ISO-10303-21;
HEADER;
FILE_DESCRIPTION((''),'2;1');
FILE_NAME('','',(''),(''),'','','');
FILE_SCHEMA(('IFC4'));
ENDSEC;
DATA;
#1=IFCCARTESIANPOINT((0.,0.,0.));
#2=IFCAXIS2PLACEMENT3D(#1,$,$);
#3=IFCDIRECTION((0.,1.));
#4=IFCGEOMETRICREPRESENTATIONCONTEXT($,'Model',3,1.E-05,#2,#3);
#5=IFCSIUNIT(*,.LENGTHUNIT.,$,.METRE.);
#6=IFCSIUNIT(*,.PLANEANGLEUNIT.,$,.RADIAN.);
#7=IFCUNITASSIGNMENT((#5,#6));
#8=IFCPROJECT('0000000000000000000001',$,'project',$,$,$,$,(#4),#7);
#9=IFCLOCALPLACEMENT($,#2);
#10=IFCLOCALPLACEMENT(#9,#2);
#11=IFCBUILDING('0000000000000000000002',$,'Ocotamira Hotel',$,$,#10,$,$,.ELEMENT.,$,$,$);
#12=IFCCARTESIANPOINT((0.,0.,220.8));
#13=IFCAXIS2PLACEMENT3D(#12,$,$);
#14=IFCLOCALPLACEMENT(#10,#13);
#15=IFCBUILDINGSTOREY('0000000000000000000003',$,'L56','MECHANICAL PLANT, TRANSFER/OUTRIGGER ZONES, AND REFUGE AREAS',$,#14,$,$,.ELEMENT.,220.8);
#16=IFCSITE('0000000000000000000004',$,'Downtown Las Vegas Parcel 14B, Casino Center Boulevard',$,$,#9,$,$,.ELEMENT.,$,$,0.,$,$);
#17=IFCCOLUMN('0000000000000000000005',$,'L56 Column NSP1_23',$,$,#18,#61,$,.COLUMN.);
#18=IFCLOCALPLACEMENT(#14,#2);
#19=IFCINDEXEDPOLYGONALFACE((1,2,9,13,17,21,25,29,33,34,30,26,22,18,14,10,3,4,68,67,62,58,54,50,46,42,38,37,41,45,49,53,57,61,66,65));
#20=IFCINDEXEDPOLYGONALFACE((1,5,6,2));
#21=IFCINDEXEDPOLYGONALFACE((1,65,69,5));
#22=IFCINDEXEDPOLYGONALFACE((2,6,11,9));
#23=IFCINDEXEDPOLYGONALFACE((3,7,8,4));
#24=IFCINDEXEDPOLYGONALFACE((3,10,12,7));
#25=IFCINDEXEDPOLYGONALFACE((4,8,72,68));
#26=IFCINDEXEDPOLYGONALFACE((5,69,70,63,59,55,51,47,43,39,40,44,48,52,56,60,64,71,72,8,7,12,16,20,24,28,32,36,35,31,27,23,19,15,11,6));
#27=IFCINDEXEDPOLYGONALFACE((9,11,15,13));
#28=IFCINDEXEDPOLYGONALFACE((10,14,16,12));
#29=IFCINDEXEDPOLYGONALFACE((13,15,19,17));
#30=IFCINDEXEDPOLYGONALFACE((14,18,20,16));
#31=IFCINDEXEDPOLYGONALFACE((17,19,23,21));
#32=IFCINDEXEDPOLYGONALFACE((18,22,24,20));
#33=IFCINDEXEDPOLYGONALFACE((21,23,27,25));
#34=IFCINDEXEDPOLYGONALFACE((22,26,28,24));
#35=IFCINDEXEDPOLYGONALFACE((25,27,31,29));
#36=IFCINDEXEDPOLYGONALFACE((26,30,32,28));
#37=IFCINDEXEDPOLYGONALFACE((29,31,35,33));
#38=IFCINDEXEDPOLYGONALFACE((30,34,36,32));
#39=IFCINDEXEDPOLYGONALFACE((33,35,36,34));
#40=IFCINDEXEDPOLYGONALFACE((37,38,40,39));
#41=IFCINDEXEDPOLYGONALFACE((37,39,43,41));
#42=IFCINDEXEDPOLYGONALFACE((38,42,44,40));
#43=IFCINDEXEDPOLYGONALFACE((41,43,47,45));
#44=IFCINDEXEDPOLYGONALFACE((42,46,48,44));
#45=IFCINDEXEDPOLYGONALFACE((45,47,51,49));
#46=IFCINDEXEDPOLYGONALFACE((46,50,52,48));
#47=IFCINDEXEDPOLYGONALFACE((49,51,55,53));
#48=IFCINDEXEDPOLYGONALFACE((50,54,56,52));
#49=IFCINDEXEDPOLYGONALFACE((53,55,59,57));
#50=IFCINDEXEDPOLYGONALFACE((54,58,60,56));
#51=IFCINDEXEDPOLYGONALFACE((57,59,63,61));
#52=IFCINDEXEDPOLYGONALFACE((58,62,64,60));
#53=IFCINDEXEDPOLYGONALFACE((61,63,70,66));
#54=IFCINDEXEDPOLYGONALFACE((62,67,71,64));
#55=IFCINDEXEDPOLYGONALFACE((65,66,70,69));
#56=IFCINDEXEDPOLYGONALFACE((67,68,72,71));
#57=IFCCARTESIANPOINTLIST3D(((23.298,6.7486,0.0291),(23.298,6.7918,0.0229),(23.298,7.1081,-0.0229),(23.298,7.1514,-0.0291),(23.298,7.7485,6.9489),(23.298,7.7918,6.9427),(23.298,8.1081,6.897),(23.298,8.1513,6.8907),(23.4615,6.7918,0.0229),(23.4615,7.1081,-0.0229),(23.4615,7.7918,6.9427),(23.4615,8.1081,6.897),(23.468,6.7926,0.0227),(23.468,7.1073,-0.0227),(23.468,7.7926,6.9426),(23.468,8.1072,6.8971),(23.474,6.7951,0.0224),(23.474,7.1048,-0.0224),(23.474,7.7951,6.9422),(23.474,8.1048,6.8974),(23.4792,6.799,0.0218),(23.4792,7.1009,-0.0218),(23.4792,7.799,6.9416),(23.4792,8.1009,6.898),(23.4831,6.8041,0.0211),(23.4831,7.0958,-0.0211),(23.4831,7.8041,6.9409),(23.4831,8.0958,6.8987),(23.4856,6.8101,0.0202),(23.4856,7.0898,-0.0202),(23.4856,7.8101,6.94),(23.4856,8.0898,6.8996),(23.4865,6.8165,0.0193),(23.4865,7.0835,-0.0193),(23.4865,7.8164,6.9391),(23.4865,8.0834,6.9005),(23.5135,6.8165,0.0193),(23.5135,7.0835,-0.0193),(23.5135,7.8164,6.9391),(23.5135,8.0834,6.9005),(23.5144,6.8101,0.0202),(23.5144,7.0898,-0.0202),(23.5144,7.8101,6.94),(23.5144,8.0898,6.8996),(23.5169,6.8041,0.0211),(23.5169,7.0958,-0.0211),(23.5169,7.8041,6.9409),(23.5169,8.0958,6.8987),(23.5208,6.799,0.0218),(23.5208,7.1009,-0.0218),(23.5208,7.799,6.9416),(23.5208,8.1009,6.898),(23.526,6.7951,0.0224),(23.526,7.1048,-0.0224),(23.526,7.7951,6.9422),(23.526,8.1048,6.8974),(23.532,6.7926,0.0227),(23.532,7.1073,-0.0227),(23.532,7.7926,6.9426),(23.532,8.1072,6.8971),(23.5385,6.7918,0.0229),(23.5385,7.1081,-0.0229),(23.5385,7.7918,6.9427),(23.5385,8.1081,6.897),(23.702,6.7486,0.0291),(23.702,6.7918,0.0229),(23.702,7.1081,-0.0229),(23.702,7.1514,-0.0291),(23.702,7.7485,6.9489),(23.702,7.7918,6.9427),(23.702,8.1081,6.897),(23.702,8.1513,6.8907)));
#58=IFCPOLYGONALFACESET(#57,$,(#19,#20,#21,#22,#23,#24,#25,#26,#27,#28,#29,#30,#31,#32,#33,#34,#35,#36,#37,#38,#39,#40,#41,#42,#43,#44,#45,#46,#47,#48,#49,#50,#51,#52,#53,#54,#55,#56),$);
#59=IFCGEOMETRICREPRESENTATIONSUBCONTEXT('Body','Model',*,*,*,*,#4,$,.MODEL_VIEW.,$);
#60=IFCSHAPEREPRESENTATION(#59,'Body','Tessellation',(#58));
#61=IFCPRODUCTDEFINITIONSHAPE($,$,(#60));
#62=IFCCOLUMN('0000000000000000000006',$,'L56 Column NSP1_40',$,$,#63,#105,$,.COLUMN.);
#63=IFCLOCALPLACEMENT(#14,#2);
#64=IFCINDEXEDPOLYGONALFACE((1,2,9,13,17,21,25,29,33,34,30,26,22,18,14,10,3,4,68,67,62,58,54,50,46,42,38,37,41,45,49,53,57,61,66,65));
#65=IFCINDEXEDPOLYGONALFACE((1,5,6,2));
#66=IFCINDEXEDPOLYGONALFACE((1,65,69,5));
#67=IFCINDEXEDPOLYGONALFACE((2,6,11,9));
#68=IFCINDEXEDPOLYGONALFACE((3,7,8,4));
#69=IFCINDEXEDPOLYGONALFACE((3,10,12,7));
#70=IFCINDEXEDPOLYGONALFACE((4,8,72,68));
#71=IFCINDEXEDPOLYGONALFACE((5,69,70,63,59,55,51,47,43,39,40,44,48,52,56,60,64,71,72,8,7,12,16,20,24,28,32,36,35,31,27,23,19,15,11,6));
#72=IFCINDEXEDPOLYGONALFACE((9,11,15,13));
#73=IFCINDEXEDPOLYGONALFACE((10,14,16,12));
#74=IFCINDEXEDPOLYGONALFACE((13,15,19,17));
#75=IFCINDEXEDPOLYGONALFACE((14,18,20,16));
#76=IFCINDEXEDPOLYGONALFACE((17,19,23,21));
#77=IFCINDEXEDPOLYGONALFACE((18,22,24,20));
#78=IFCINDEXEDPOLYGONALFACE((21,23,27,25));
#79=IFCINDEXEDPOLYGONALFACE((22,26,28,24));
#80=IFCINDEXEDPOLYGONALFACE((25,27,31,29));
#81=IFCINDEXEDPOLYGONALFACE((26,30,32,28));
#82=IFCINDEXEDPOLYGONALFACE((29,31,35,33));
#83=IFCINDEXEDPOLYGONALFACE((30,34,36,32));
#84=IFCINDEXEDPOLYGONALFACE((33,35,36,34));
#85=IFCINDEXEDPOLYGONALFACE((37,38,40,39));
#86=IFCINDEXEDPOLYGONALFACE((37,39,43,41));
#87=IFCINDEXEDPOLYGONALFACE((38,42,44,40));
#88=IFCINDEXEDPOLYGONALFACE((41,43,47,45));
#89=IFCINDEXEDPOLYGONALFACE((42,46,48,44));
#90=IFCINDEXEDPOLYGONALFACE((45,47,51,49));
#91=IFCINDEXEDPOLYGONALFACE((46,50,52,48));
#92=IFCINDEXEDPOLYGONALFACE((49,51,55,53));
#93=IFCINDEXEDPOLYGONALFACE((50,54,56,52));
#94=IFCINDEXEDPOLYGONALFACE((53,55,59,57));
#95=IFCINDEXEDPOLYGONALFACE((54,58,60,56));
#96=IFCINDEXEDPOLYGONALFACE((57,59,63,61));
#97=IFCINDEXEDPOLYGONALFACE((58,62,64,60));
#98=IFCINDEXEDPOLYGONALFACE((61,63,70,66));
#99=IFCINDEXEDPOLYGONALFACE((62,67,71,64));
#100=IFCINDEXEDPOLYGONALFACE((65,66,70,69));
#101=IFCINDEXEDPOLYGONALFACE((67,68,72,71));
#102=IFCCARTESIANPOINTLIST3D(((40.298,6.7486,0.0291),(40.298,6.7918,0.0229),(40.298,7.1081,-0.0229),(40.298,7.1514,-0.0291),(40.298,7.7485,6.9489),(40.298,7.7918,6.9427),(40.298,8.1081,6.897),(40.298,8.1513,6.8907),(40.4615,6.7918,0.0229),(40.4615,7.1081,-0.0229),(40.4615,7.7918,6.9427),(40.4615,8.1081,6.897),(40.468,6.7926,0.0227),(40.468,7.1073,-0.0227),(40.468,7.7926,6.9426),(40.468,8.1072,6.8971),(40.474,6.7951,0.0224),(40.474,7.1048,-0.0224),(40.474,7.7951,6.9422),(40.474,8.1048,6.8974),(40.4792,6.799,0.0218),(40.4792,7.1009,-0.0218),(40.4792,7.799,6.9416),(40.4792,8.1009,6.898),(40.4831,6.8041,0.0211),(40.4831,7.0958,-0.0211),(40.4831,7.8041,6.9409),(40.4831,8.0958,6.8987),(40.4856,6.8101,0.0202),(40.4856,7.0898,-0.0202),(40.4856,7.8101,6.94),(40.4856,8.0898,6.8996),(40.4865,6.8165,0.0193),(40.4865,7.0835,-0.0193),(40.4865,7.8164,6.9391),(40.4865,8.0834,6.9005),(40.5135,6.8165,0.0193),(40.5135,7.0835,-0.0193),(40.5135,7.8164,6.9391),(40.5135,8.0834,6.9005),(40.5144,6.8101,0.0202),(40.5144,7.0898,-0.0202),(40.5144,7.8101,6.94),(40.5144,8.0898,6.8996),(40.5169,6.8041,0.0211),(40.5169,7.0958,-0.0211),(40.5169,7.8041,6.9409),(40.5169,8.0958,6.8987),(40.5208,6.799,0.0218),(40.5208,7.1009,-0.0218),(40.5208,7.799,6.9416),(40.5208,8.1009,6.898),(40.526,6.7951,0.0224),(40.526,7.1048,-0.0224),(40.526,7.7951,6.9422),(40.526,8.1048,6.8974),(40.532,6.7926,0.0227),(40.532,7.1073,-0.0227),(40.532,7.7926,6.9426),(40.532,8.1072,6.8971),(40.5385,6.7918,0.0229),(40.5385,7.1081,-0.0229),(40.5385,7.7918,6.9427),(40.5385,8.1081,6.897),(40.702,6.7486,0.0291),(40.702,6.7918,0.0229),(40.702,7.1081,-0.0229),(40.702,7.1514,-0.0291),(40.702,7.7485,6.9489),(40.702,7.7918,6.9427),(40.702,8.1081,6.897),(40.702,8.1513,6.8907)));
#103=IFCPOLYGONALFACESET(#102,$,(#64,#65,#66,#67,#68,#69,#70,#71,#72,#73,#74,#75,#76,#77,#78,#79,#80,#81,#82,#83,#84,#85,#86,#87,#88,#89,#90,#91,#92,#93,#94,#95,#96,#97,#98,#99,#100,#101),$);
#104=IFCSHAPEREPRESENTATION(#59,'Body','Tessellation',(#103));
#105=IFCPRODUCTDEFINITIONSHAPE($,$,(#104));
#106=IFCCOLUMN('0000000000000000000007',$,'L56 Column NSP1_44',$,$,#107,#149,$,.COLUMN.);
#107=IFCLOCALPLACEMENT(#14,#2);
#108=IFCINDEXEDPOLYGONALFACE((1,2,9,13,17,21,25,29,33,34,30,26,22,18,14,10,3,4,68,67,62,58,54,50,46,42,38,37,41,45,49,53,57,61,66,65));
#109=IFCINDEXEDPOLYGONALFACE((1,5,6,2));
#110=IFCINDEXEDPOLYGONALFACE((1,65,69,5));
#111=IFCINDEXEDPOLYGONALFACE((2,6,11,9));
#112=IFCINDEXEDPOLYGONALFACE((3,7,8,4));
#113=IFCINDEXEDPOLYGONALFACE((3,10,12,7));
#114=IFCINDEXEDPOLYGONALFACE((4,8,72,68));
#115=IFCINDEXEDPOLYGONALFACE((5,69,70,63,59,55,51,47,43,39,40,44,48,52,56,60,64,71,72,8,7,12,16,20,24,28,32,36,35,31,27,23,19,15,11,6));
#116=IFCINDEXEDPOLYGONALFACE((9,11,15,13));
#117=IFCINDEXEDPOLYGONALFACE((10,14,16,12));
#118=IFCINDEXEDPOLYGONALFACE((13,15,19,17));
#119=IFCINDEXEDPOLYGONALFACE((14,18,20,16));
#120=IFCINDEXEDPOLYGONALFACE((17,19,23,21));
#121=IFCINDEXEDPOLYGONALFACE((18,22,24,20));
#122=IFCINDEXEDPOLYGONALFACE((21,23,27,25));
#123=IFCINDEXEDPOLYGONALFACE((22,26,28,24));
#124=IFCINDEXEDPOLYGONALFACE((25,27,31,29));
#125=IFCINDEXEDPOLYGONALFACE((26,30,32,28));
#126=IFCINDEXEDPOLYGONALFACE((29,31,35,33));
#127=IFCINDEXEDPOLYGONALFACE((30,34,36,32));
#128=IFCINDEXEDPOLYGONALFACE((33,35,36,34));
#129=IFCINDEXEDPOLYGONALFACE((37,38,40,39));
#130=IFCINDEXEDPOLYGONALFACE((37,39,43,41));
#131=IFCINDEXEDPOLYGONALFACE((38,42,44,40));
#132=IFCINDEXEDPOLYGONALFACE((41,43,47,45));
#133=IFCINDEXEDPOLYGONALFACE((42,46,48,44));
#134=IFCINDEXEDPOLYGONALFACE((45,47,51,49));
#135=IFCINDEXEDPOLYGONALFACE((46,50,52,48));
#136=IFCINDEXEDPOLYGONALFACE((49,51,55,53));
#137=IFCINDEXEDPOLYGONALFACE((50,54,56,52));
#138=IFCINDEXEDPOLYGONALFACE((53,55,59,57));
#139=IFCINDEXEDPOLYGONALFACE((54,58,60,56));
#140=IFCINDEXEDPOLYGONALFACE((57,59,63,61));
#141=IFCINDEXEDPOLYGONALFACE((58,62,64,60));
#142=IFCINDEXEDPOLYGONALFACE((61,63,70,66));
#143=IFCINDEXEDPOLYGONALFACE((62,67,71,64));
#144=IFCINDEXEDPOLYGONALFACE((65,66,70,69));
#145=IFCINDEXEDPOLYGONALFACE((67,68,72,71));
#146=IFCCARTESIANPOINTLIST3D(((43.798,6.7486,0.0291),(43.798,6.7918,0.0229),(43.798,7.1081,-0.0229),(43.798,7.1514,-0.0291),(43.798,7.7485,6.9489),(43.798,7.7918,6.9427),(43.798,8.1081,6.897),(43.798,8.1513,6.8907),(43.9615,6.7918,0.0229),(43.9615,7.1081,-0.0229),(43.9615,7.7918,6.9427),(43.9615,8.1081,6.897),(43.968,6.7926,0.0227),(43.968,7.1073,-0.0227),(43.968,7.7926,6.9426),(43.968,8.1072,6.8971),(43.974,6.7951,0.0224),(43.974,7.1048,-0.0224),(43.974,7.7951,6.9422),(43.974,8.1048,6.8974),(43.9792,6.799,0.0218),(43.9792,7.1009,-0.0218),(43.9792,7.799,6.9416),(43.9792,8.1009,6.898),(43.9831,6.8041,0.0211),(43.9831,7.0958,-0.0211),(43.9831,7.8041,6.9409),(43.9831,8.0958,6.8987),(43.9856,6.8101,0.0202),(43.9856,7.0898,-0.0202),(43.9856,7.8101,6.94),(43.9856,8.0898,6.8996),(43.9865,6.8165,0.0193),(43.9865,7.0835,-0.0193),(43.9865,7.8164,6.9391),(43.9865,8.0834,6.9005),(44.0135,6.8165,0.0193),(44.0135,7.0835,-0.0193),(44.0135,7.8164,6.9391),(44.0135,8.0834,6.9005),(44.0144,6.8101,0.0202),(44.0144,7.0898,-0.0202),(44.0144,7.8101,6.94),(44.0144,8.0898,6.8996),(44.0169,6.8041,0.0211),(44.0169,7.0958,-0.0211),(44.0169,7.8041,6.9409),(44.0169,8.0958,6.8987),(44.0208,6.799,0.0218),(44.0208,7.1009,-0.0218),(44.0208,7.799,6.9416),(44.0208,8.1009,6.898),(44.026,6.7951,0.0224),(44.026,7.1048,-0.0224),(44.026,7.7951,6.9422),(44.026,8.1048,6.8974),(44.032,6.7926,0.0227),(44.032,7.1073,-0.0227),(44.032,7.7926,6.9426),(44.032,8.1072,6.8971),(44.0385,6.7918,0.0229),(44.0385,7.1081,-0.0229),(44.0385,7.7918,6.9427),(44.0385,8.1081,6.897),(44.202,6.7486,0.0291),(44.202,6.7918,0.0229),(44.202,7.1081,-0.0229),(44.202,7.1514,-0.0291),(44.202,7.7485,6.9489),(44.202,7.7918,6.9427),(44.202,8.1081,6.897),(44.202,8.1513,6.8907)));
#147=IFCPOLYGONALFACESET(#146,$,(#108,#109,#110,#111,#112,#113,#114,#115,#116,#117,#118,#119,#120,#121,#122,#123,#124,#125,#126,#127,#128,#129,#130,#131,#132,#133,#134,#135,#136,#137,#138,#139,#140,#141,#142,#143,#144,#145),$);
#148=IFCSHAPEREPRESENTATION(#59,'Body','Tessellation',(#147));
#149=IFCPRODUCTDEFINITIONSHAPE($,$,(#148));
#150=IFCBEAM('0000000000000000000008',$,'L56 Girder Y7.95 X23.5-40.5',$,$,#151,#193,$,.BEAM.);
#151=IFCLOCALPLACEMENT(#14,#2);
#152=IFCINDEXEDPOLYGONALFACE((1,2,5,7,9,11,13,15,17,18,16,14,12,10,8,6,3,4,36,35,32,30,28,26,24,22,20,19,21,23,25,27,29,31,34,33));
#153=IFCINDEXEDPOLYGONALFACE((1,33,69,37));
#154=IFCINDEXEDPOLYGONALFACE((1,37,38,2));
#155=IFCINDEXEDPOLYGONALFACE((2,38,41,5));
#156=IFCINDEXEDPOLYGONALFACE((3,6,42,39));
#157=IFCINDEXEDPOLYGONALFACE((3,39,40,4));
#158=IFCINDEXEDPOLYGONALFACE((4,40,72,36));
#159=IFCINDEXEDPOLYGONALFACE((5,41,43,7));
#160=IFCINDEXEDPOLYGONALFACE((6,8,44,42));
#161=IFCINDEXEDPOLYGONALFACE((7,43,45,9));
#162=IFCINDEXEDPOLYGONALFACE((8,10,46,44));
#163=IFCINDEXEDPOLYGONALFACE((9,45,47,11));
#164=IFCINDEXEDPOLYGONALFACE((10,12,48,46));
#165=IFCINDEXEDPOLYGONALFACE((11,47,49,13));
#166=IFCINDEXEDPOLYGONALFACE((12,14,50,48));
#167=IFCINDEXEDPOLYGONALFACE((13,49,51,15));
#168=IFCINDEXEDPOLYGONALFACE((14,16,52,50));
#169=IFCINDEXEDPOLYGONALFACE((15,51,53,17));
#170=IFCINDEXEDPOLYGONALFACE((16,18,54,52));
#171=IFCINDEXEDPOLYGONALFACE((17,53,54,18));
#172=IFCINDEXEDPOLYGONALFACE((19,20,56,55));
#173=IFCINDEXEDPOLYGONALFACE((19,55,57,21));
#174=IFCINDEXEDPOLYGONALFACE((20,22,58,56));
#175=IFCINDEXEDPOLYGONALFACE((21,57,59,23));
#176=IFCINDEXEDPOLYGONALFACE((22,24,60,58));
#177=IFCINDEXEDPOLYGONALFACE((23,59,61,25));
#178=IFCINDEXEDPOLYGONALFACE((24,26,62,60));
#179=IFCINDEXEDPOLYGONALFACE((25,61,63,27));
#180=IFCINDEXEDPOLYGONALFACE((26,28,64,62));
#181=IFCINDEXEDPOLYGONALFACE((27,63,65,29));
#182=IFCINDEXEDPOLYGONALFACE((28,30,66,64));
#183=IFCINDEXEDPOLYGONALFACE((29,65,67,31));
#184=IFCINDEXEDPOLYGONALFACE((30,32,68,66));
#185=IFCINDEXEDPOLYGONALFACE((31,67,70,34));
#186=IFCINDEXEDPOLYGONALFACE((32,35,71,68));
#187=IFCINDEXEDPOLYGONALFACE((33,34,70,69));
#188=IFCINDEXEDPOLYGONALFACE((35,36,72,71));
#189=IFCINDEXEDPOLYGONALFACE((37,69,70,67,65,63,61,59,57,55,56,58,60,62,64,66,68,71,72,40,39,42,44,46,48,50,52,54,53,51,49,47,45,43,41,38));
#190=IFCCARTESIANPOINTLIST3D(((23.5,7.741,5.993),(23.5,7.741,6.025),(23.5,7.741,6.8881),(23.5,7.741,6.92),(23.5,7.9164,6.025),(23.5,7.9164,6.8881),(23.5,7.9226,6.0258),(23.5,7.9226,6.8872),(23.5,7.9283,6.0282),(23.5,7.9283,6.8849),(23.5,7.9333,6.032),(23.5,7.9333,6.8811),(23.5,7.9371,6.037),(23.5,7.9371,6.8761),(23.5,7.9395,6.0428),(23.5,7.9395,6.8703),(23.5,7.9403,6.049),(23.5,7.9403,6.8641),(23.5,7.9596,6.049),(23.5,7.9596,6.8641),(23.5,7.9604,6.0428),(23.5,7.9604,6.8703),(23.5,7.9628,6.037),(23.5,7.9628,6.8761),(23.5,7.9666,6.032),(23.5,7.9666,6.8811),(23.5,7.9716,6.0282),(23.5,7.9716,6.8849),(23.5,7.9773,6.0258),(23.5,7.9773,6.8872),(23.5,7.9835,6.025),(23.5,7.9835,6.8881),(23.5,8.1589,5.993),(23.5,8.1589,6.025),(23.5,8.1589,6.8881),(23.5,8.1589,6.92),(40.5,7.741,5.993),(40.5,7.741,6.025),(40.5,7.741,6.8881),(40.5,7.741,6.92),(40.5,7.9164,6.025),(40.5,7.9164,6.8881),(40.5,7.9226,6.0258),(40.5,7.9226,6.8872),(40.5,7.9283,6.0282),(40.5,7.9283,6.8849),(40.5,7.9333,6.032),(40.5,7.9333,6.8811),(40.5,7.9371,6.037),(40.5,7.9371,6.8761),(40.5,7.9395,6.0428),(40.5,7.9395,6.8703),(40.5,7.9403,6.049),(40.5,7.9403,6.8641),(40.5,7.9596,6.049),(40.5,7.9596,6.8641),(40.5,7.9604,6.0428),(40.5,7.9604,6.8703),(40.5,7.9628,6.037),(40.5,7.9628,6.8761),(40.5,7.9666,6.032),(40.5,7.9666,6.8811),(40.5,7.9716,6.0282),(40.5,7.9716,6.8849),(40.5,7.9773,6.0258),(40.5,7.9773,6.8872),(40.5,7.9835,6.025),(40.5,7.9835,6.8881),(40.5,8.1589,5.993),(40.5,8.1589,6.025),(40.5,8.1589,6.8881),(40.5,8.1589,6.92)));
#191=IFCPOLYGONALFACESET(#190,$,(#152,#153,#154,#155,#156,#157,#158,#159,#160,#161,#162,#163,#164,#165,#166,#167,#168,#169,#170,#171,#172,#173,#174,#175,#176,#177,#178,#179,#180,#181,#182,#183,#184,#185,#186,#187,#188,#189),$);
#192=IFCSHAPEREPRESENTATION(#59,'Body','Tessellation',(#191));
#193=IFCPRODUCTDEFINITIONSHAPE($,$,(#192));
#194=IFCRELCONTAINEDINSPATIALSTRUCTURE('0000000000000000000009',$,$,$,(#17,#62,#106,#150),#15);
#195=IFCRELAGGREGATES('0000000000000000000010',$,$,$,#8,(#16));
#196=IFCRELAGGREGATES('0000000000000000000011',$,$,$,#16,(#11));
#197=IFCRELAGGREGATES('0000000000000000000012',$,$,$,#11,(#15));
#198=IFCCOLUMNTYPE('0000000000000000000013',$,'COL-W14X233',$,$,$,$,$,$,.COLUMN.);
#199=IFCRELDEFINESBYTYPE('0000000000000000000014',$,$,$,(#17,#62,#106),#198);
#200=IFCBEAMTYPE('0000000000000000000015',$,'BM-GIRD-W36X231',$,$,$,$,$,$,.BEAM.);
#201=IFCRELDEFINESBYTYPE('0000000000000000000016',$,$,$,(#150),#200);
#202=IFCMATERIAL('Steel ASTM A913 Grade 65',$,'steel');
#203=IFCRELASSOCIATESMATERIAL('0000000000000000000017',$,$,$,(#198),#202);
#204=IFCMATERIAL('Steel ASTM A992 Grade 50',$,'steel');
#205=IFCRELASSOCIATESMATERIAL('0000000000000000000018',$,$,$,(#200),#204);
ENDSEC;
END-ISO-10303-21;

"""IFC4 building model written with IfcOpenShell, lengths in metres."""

from ifc_helpers import new_model, si_unit, direction, frame, origin, origin_2d, place, context, subcontext, project, spatial, i_section, extrude, source, transform, mapped, material, material_profile, profile_set, type_object, element, save


model = new_model("IFC4")

# Units and contexts
model_context = context("Model", 3, precision=1e-05, world=origin(), true_north=direction((0.0, 1.0)))
body_context = subcontext(model_context, "Body", "Model", "MODEL_VIEW")
ifc_project = project(units=[si_unit("LENGTHUNIT", "METRE"), si_unit("PLANEANGLEUNIT", "RADIAN")], contexts=[model_context])

# Site, building, storey
site_placement = place(None, origin())
site = spatial("IfcSite", under=ifc_project, at=site_placement, Name="Downtown Las Vegas Parcel 14B, Casino Center Boulevard", CompositionType="ELEMENT", RefElevation=0.0)
building_placement = place(site_placement, origin())
building = spatial("IfcBuilding", under=site, at=building_placement, Name="Ocotamira Hotel", CompositionType="ELEMENT")
storey_placement = place(building_placement, frame((0.0, 0.0, 220.8)))
storey = spatial("IfcBuildingStorey", under=building, at=storey_placement, Name="L56", Description="MECHANICAL PLANT, TRANSFER/OUTRIGGER ZONES, AND REFUGE AREAS", CompositionType="ELEMENT", Elevation=220.8)

# Columns
ifc_material_1 = material(Name="Steel ASTM A913 Grade 65", Category="steel")
ifc_material_profile_1 = material_profile(ifc_material_1, i_section(OverallWidth=0.4041, OverallDepth=0.407, WebThickness=0.0271, FlangeThickness=0.0437, FilletRadius=0.0249, at=origin_2d()), Name="W14X233")
ifc_profile_set_1 = profile_set([ifc_material_profile_1], Name="Steel ASTM A913 Grade 65")
column_type = type_object("IfcColumnType", Name="COL-W14X233", PredefinedType="COLUMN", material=ifc_profile_set_1)
shared_shape_1 = source(origin(), body_context, "Body", "SweptSolid", [
    extrude(i_section(OverallWidth=0.4041, OverallDepth=0.407, WebThickness=0.0271, FlangeThickness=0.0437, FilletRadius=0.0249, at=origin_2d()), origin(), (0.0, 0.0, 1.0), 6.9917),
])
for number, where, z_axis, x_axis, name in (
    (1, (23.5, 6.95, 0.0), (0.0, 0.143025, 0.989719), (-1.0, 0.0, 0.0), "L56 Column NSP1_23"),
    (2, (40.5, 6.95, 0.0), (0.0, 0.143025, 0.989719), (-1.0, 0.0, 0.0), "L56 Column NSP1_40"),
    (3, (44.0, 6.95, 0.0), (0.0, 0.143025, 0.989719), (-1.0, 0.0, 0.0), "L56 Column NSP1_44"),
):
    element("IfcColumn", number, at=place(storey_placement, frame(where, z_axis=z_axis, x_axis=x_axis)), inside=storey, type_object=column_type, Name=name, PredefinedType="COLUMN", context=body_context, shape_type="MappedRepresentation", body=[
        mapped(shared_shape_1, transform((0.0, 0.0, 0.0), scale=1.0)),
    ])

# Beam
ifc_material_2 = material(Name="Steel ASTM A992 Grade 50", Category="steel")
ifc_material_profile_2 = material_profile(ifc_material_2, i_section(OverallWidth=0.418, OverallDepth=0.927, WebThickness=0.0193, FlangeThickness=0.032, FilletRadius=0.0239, at=origin_2d()), Name="W36X231")
ifc_profile_set_2 = profile_set([ifc_material_profile_2], Name="Steel ASTM A992 Grade 50")
beam_type_1 = type_object("IfcBeamType", Name="BM-GIRD-W36X231", PredefinedType="BEAM", material=ifc_profile_set_2)
shared_shape_2 = source(origin(), body_context, "Body", "SweptSolid", [
    extrude(i_section(OverallWidth=0.418, OverallDepth=0.927, WebThickness=0.0193, FlangeThickness=0.032, FilletRadius=0.0239, at=origin_2d()), origin(), (0.0, 0.0, 1.0), 17.0),
])
beam_1_placement = place(storey_placement, frame((23.5, 7.95, 6.4565), z_axis=(1.0, 0.0, 0.0), x_axis=(0.0, 1.0, 0.0)))
element("IfcBeam", 4, at=beam_1_placement, inside=storey, type_object=beam_type_1, Name="L56 Girder Y7.95 X23.5-40.5", PredefinedType="BEAM", context=body_context, shape_type="MappedRepresentation", body=[
    mapped(shared_shape_2, transform((0.0, 0.0, 0.0), scale=1.0)),
])

save(model, "model.ifc")
